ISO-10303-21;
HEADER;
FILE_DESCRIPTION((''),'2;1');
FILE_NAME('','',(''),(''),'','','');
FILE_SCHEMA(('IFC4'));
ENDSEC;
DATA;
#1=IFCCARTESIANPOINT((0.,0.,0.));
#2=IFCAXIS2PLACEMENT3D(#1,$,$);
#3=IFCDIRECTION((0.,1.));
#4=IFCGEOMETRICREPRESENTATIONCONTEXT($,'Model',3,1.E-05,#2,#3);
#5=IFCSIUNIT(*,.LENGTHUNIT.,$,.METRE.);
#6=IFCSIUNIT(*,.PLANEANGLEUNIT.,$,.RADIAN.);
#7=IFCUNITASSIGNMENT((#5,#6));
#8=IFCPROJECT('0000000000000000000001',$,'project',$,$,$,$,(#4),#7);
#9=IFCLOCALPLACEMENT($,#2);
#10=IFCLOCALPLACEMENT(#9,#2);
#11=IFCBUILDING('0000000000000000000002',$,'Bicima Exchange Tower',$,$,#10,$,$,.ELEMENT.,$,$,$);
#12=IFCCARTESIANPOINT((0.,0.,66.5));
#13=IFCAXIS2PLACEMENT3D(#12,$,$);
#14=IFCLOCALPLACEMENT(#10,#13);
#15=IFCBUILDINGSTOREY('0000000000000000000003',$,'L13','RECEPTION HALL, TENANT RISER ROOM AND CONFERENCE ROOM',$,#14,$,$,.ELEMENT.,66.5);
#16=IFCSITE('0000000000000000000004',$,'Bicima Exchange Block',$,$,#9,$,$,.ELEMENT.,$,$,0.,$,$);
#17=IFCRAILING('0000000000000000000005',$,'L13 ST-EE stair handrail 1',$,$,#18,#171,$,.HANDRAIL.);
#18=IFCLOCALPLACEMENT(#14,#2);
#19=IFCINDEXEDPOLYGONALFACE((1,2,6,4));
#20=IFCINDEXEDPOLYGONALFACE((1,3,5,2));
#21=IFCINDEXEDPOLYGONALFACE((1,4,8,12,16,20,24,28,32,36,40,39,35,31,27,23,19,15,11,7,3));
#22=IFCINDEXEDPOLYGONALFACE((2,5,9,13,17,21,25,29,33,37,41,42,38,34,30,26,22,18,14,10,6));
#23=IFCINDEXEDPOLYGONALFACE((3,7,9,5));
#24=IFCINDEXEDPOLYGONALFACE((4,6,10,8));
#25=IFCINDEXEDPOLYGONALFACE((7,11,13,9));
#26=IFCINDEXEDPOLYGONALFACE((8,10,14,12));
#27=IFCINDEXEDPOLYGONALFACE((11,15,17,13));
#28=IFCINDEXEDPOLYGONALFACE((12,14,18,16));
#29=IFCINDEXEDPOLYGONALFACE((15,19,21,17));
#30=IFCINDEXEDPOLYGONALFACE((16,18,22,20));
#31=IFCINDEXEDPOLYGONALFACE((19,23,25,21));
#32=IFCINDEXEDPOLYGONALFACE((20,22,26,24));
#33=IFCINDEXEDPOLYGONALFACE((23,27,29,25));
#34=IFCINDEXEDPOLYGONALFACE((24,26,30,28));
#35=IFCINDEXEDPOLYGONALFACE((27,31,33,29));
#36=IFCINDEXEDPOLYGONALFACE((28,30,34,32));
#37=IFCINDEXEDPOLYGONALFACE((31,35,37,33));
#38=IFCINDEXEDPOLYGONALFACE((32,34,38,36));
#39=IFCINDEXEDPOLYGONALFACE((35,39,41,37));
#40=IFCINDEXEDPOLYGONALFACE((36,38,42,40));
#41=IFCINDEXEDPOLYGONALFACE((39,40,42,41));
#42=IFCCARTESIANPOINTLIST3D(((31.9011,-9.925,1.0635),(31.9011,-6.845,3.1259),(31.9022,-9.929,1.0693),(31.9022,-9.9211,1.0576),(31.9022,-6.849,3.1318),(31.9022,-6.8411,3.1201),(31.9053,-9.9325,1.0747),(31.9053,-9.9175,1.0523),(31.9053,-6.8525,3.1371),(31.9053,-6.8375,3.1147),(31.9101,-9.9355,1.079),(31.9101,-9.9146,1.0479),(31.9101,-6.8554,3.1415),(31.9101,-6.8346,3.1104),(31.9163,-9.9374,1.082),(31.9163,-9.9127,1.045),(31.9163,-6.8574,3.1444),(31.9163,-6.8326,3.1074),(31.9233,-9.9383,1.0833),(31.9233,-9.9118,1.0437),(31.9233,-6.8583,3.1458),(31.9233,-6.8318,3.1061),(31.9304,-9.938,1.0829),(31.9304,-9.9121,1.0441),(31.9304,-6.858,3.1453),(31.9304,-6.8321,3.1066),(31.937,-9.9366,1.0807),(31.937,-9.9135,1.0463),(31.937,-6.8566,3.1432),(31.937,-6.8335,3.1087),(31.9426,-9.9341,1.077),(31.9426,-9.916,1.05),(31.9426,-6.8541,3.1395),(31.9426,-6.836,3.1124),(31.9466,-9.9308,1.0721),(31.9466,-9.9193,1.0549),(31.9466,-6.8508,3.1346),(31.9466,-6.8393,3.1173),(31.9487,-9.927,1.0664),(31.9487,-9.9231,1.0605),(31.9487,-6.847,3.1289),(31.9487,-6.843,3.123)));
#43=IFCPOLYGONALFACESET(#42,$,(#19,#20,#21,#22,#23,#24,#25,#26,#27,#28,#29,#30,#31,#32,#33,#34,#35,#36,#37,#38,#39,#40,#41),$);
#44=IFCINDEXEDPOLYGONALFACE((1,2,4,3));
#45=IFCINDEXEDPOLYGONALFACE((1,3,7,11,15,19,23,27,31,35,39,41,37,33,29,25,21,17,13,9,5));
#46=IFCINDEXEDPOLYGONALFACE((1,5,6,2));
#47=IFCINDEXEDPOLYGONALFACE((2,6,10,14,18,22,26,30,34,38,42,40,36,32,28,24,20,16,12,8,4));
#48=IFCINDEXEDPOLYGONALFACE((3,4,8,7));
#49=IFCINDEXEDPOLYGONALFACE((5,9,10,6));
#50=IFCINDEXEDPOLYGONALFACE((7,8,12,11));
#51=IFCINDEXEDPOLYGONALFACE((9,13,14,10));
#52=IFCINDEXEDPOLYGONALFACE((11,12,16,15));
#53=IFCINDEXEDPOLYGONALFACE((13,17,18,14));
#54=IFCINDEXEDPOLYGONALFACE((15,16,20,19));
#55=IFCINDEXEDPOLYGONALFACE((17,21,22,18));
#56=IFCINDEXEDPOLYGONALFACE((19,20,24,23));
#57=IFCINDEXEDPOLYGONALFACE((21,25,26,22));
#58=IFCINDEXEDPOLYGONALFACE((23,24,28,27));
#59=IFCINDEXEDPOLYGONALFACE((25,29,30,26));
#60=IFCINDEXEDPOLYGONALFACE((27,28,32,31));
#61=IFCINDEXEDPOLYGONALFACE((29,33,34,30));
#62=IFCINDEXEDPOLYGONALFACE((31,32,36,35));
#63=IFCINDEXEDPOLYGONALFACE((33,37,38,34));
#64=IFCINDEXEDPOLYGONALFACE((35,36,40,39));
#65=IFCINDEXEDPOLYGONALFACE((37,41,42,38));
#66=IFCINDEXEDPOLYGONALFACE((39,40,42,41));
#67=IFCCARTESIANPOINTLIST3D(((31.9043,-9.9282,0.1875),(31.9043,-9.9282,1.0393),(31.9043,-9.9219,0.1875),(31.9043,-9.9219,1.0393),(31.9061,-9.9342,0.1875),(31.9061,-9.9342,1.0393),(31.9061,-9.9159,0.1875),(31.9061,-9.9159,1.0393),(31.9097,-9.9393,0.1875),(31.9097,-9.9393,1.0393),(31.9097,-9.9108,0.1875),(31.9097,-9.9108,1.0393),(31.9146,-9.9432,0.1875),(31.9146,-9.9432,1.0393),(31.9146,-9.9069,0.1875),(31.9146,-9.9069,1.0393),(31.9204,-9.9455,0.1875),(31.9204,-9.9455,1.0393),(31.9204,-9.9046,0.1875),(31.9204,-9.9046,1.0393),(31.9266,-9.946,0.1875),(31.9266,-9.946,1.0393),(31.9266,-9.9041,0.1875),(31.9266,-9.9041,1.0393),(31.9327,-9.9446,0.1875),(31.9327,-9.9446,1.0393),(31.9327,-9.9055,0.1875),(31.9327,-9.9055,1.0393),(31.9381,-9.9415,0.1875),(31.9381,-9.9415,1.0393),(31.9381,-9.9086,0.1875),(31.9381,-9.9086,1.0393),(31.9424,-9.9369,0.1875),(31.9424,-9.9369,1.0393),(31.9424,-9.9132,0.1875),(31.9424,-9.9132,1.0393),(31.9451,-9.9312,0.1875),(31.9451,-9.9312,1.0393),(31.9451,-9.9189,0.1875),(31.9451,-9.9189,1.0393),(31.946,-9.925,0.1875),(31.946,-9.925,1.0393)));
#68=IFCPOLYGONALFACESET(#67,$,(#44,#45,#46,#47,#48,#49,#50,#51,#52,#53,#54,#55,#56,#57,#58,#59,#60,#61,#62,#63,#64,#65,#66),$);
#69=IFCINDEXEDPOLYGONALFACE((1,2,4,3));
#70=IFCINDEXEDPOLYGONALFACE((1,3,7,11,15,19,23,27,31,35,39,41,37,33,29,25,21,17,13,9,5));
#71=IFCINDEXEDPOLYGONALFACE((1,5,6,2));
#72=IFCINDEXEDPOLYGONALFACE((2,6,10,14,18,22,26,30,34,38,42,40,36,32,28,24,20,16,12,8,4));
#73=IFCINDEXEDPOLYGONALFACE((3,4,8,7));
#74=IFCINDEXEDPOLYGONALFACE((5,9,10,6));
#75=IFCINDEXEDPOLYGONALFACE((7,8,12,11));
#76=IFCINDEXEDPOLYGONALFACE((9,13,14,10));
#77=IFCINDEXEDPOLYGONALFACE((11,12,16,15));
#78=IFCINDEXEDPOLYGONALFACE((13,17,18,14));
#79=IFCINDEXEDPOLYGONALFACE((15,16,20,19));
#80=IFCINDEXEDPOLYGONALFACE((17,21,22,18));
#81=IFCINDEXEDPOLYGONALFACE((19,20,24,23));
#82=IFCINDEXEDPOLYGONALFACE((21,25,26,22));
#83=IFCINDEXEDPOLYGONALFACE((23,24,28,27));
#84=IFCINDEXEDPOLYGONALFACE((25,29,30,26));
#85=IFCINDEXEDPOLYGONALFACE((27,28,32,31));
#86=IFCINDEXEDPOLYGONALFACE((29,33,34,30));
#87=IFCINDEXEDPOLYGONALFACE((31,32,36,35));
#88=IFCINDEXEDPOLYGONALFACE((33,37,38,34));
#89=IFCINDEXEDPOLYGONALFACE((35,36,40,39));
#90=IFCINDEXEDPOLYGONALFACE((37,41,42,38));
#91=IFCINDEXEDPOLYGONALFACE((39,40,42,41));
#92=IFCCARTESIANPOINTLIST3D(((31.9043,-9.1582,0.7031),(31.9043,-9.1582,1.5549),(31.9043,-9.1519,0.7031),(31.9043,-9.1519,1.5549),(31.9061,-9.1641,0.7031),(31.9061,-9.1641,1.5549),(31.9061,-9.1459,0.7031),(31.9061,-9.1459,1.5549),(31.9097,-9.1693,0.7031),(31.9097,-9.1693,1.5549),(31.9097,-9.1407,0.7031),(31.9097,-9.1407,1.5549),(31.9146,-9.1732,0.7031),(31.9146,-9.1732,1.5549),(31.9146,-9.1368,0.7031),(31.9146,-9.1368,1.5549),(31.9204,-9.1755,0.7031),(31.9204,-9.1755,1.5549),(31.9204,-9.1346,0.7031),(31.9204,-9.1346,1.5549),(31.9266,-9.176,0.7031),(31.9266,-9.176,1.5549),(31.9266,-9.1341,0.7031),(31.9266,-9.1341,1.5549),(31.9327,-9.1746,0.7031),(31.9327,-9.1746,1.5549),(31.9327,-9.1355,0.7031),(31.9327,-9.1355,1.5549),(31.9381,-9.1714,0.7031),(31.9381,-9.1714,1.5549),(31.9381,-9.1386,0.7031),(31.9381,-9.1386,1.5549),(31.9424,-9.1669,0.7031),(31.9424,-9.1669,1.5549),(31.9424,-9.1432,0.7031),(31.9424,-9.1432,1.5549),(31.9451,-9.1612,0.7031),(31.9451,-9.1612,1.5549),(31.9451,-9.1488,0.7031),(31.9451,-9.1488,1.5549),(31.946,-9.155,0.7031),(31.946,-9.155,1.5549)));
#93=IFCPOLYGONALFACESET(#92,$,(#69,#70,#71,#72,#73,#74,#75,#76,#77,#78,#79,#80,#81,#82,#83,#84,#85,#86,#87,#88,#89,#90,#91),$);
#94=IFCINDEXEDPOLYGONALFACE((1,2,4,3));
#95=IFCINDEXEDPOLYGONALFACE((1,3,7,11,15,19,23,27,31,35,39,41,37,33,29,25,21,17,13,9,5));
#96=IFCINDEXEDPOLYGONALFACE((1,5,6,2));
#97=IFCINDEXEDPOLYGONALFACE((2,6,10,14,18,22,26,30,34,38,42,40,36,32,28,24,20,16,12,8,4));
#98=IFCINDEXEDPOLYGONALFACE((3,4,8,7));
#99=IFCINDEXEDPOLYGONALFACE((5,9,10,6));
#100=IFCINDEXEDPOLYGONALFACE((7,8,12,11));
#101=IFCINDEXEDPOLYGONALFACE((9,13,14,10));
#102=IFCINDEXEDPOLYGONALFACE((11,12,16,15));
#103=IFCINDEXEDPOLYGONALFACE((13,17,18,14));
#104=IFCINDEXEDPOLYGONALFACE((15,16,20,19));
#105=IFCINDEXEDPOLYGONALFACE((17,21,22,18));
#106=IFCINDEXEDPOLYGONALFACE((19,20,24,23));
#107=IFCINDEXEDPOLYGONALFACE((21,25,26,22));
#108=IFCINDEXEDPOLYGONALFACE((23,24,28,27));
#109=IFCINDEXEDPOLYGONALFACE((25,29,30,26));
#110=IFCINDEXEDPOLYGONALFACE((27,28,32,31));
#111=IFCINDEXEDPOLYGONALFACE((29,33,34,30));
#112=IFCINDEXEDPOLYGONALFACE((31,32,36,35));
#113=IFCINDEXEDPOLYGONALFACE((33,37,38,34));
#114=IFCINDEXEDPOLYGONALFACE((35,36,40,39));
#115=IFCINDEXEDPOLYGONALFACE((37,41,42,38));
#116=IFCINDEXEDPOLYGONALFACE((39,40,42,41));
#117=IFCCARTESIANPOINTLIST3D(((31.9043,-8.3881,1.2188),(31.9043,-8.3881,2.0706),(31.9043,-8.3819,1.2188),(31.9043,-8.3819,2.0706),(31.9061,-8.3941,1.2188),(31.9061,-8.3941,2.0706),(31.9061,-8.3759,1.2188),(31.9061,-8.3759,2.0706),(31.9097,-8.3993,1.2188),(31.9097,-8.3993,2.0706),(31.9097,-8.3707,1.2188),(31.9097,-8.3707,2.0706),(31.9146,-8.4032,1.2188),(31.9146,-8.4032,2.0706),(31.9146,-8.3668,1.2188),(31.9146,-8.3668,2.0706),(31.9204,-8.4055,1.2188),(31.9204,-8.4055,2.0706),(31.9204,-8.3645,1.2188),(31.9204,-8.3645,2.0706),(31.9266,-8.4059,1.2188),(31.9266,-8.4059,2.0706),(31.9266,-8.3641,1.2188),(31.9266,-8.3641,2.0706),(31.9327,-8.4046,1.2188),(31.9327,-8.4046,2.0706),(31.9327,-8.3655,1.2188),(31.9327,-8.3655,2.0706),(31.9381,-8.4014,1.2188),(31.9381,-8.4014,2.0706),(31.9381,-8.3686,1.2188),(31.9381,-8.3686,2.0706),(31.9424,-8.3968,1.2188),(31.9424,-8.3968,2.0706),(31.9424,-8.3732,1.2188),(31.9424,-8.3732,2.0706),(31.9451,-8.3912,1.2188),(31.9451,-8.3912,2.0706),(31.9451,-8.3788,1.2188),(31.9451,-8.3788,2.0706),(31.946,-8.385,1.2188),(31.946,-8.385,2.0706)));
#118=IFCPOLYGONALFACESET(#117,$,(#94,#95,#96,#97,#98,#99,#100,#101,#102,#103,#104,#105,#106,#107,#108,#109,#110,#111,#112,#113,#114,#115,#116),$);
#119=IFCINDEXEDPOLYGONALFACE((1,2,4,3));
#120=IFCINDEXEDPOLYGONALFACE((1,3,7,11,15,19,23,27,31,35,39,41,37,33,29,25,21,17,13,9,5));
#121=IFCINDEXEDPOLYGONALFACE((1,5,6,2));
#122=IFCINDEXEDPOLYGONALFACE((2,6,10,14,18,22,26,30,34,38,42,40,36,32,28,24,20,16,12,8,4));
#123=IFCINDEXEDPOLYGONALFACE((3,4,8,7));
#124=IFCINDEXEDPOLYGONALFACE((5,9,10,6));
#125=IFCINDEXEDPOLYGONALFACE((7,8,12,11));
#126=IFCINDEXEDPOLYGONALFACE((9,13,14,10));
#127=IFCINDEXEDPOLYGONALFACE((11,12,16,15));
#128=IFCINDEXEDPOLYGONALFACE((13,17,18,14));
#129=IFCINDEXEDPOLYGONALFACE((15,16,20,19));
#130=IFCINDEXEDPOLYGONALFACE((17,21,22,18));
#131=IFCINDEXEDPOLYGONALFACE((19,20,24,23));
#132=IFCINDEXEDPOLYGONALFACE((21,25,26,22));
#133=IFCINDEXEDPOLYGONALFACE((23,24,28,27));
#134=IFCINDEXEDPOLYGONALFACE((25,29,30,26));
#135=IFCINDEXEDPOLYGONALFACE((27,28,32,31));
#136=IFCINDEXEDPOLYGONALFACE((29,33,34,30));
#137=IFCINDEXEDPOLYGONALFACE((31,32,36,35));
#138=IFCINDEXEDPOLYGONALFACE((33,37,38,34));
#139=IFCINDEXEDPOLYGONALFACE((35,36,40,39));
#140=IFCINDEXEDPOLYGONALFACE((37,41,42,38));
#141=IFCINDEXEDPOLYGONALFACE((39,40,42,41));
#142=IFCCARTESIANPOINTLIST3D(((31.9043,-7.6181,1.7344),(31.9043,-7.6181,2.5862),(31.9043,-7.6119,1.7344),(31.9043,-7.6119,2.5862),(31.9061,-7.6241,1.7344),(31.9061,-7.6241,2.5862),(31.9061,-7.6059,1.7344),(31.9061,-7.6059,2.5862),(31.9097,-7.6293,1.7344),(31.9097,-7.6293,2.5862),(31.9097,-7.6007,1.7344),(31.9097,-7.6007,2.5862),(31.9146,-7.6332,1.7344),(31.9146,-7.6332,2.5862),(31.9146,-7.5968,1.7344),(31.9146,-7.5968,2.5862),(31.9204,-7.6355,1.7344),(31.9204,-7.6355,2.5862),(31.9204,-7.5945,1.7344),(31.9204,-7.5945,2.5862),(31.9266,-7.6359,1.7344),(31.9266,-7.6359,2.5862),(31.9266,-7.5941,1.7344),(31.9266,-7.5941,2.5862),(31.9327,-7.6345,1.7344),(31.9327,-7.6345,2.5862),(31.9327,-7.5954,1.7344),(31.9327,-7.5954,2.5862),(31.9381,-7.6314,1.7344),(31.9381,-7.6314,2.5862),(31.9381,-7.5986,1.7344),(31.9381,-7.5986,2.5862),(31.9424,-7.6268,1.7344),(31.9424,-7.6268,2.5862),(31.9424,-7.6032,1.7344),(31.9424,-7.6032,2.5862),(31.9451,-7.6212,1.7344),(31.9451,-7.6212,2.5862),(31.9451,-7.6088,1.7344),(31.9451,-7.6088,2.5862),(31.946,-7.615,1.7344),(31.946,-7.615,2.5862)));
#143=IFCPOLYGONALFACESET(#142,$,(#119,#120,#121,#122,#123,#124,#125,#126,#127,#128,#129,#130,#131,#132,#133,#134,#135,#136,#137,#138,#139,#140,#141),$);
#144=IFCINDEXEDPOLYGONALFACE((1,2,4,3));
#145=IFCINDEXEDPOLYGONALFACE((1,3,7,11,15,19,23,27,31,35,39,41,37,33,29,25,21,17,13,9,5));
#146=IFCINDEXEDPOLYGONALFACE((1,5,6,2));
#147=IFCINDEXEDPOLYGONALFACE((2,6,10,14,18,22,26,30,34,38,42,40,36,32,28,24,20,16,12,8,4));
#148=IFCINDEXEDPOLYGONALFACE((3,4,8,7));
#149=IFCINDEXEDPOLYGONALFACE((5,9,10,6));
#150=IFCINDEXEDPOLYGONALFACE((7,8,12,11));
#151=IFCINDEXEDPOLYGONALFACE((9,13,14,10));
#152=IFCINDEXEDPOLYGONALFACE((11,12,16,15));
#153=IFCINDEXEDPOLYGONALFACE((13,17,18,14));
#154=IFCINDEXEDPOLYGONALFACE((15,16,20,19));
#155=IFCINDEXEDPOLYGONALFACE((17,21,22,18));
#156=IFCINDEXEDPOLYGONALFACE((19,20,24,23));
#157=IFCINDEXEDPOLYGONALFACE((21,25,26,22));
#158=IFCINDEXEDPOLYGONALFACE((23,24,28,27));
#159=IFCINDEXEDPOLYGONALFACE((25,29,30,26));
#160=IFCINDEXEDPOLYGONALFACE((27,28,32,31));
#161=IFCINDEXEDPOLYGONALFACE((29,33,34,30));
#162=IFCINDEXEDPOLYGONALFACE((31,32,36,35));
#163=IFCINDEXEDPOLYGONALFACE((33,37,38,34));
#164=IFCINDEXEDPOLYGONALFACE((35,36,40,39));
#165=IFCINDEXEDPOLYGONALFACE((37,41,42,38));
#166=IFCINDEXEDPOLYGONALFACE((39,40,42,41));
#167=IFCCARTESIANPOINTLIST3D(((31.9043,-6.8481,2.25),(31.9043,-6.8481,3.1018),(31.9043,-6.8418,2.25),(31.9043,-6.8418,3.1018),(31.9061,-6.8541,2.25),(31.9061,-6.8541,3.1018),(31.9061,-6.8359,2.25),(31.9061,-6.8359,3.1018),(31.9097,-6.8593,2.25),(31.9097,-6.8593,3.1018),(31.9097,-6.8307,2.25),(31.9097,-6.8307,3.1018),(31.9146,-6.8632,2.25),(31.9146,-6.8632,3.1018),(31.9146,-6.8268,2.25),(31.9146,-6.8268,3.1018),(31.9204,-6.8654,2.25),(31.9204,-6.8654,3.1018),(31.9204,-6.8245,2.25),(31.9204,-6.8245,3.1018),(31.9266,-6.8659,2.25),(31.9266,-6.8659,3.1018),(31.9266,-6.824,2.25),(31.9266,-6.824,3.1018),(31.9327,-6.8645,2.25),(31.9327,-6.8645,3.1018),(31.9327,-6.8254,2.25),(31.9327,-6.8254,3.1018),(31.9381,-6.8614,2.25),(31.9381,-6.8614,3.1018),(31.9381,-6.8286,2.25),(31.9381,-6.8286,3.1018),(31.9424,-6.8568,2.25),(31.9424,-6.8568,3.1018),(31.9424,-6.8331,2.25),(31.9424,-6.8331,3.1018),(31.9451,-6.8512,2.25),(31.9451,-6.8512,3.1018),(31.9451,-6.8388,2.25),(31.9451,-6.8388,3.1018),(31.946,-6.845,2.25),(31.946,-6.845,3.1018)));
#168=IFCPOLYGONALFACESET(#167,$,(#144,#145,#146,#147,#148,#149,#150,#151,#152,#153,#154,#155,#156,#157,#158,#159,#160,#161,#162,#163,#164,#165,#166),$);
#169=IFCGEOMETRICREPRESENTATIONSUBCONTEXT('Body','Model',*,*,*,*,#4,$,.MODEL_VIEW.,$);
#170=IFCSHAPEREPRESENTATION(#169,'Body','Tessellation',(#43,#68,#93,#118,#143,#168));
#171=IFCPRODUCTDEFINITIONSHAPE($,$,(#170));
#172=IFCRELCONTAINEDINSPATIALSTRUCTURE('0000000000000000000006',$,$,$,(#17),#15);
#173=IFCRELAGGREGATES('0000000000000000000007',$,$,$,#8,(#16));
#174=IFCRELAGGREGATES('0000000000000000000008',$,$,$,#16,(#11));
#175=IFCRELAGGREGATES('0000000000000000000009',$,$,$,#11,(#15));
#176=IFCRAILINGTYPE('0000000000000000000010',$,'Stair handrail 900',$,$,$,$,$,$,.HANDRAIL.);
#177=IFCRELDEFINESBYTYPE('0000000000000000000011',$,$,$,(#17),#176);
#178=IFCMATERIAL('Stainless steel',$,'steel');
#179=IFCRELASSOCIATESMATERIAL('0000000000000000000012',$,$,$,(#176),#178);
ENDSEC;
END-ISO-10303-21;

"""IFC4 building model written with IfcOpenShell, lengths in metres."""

from ifc_helpers import new_model, si_unit, direction, frame, origin, origin_2d, place, context, subcontext, project, spatial, circle, extrude, material, type_object, element, save


model = new_model("IFC4")

# Units and contexts
model_context = context("Model", 3, precision=1e-05, world=origin(), true_north=direction((0.0, 1.0)))
body_context = subcontext(model_context, "Body", "Model", "MODEL_VIEW")
ifc_project = project(units=[si_unit("LENGTHUNIT", "METRE"), si_unit("PLANEANGLEUNIT", "RADIAN")], contexts=[model_context])

# Site, building, storey
site_placement = place(None, origin())
site = spatial("IfcSite", under=ifc_project, at=site_placement, Name="Bicima Exchange Block", CompositionType="ELEMENT", RefElevation=0.0)
building_placement = place(site_placement, origin())
building = spatial("IfcBuilding", under=site, at=building_placement, Name="Bicima Exchange Tower", CompositionType="ELEMENT")
storey_placement = place(building_placement, frame((0.0, 0.0, 66.5)))
storey = spatial("IfcBuildingStorey", under=building, at=storey_placement, Name="L13", Description="RECEPTION HALL, TENANT RISER ROOM AND CONFERENCE ROOM", CompositionType="ELEMENT", Elevation=66.5)

# Railing
ifc_material_1 = material(Name="Stainless steel", Category="steel")
railing_type_1 = type_object("IfcRailingType", Name="Stair handrail 900", PredefinedType="HANDRAIL", material=ifc_material_1)
railing_1_placement = place(storey_placement, frame((31.925, -9.925, 0.1875)))
element("IfcRailing", 1, at=railing_1_placement, inside=storey, type_object=railing_type_1, Name="L13 ST-EE stair handrail 1", PredefinedType="HANDRAIL", context=body_context, shape_type="SweptSolid", body=[
    extrude(circle(Radius=0.0239, at=origin_2d()), frame((0.0, 0.0, 0.876), z_axis=(0.0, 0.830914, 0.556401), x_axis=(-1.0, 0.0, 0.0)), (0.0, 0.0, 1.0), 3.7068),
    extrude(circle(Radius=0.021, at=origin_2d()), origin(), (0.0, 0.0, 1.0), 0.8518),
    extrude(circle(Radius=0.021, at=origin_2d()), frame((0.0, 0.77, 0.5156)), (0.0, 0.0, 1.0), 0.8518),
    extrude(circle(Radius=0.021, at=origin_2d()), frame((0.0, 1.54, 1.0312)), (0.0, 0.0, 1.0), 0.8518),
    extrude(circle(Radius=0.021, at=origin_2d()), frame((0.0, 2.3101, 1.5469)), (0.0, 0.0, 1.0), 0.8518),
    extrude(circle(Radius=0.021, at=origin_2d()), frame((0.0, 3.0801, 2.0625)), (0.0, 0.0, 1.0), 0.8518),
])

save(model, "model.ifc")
